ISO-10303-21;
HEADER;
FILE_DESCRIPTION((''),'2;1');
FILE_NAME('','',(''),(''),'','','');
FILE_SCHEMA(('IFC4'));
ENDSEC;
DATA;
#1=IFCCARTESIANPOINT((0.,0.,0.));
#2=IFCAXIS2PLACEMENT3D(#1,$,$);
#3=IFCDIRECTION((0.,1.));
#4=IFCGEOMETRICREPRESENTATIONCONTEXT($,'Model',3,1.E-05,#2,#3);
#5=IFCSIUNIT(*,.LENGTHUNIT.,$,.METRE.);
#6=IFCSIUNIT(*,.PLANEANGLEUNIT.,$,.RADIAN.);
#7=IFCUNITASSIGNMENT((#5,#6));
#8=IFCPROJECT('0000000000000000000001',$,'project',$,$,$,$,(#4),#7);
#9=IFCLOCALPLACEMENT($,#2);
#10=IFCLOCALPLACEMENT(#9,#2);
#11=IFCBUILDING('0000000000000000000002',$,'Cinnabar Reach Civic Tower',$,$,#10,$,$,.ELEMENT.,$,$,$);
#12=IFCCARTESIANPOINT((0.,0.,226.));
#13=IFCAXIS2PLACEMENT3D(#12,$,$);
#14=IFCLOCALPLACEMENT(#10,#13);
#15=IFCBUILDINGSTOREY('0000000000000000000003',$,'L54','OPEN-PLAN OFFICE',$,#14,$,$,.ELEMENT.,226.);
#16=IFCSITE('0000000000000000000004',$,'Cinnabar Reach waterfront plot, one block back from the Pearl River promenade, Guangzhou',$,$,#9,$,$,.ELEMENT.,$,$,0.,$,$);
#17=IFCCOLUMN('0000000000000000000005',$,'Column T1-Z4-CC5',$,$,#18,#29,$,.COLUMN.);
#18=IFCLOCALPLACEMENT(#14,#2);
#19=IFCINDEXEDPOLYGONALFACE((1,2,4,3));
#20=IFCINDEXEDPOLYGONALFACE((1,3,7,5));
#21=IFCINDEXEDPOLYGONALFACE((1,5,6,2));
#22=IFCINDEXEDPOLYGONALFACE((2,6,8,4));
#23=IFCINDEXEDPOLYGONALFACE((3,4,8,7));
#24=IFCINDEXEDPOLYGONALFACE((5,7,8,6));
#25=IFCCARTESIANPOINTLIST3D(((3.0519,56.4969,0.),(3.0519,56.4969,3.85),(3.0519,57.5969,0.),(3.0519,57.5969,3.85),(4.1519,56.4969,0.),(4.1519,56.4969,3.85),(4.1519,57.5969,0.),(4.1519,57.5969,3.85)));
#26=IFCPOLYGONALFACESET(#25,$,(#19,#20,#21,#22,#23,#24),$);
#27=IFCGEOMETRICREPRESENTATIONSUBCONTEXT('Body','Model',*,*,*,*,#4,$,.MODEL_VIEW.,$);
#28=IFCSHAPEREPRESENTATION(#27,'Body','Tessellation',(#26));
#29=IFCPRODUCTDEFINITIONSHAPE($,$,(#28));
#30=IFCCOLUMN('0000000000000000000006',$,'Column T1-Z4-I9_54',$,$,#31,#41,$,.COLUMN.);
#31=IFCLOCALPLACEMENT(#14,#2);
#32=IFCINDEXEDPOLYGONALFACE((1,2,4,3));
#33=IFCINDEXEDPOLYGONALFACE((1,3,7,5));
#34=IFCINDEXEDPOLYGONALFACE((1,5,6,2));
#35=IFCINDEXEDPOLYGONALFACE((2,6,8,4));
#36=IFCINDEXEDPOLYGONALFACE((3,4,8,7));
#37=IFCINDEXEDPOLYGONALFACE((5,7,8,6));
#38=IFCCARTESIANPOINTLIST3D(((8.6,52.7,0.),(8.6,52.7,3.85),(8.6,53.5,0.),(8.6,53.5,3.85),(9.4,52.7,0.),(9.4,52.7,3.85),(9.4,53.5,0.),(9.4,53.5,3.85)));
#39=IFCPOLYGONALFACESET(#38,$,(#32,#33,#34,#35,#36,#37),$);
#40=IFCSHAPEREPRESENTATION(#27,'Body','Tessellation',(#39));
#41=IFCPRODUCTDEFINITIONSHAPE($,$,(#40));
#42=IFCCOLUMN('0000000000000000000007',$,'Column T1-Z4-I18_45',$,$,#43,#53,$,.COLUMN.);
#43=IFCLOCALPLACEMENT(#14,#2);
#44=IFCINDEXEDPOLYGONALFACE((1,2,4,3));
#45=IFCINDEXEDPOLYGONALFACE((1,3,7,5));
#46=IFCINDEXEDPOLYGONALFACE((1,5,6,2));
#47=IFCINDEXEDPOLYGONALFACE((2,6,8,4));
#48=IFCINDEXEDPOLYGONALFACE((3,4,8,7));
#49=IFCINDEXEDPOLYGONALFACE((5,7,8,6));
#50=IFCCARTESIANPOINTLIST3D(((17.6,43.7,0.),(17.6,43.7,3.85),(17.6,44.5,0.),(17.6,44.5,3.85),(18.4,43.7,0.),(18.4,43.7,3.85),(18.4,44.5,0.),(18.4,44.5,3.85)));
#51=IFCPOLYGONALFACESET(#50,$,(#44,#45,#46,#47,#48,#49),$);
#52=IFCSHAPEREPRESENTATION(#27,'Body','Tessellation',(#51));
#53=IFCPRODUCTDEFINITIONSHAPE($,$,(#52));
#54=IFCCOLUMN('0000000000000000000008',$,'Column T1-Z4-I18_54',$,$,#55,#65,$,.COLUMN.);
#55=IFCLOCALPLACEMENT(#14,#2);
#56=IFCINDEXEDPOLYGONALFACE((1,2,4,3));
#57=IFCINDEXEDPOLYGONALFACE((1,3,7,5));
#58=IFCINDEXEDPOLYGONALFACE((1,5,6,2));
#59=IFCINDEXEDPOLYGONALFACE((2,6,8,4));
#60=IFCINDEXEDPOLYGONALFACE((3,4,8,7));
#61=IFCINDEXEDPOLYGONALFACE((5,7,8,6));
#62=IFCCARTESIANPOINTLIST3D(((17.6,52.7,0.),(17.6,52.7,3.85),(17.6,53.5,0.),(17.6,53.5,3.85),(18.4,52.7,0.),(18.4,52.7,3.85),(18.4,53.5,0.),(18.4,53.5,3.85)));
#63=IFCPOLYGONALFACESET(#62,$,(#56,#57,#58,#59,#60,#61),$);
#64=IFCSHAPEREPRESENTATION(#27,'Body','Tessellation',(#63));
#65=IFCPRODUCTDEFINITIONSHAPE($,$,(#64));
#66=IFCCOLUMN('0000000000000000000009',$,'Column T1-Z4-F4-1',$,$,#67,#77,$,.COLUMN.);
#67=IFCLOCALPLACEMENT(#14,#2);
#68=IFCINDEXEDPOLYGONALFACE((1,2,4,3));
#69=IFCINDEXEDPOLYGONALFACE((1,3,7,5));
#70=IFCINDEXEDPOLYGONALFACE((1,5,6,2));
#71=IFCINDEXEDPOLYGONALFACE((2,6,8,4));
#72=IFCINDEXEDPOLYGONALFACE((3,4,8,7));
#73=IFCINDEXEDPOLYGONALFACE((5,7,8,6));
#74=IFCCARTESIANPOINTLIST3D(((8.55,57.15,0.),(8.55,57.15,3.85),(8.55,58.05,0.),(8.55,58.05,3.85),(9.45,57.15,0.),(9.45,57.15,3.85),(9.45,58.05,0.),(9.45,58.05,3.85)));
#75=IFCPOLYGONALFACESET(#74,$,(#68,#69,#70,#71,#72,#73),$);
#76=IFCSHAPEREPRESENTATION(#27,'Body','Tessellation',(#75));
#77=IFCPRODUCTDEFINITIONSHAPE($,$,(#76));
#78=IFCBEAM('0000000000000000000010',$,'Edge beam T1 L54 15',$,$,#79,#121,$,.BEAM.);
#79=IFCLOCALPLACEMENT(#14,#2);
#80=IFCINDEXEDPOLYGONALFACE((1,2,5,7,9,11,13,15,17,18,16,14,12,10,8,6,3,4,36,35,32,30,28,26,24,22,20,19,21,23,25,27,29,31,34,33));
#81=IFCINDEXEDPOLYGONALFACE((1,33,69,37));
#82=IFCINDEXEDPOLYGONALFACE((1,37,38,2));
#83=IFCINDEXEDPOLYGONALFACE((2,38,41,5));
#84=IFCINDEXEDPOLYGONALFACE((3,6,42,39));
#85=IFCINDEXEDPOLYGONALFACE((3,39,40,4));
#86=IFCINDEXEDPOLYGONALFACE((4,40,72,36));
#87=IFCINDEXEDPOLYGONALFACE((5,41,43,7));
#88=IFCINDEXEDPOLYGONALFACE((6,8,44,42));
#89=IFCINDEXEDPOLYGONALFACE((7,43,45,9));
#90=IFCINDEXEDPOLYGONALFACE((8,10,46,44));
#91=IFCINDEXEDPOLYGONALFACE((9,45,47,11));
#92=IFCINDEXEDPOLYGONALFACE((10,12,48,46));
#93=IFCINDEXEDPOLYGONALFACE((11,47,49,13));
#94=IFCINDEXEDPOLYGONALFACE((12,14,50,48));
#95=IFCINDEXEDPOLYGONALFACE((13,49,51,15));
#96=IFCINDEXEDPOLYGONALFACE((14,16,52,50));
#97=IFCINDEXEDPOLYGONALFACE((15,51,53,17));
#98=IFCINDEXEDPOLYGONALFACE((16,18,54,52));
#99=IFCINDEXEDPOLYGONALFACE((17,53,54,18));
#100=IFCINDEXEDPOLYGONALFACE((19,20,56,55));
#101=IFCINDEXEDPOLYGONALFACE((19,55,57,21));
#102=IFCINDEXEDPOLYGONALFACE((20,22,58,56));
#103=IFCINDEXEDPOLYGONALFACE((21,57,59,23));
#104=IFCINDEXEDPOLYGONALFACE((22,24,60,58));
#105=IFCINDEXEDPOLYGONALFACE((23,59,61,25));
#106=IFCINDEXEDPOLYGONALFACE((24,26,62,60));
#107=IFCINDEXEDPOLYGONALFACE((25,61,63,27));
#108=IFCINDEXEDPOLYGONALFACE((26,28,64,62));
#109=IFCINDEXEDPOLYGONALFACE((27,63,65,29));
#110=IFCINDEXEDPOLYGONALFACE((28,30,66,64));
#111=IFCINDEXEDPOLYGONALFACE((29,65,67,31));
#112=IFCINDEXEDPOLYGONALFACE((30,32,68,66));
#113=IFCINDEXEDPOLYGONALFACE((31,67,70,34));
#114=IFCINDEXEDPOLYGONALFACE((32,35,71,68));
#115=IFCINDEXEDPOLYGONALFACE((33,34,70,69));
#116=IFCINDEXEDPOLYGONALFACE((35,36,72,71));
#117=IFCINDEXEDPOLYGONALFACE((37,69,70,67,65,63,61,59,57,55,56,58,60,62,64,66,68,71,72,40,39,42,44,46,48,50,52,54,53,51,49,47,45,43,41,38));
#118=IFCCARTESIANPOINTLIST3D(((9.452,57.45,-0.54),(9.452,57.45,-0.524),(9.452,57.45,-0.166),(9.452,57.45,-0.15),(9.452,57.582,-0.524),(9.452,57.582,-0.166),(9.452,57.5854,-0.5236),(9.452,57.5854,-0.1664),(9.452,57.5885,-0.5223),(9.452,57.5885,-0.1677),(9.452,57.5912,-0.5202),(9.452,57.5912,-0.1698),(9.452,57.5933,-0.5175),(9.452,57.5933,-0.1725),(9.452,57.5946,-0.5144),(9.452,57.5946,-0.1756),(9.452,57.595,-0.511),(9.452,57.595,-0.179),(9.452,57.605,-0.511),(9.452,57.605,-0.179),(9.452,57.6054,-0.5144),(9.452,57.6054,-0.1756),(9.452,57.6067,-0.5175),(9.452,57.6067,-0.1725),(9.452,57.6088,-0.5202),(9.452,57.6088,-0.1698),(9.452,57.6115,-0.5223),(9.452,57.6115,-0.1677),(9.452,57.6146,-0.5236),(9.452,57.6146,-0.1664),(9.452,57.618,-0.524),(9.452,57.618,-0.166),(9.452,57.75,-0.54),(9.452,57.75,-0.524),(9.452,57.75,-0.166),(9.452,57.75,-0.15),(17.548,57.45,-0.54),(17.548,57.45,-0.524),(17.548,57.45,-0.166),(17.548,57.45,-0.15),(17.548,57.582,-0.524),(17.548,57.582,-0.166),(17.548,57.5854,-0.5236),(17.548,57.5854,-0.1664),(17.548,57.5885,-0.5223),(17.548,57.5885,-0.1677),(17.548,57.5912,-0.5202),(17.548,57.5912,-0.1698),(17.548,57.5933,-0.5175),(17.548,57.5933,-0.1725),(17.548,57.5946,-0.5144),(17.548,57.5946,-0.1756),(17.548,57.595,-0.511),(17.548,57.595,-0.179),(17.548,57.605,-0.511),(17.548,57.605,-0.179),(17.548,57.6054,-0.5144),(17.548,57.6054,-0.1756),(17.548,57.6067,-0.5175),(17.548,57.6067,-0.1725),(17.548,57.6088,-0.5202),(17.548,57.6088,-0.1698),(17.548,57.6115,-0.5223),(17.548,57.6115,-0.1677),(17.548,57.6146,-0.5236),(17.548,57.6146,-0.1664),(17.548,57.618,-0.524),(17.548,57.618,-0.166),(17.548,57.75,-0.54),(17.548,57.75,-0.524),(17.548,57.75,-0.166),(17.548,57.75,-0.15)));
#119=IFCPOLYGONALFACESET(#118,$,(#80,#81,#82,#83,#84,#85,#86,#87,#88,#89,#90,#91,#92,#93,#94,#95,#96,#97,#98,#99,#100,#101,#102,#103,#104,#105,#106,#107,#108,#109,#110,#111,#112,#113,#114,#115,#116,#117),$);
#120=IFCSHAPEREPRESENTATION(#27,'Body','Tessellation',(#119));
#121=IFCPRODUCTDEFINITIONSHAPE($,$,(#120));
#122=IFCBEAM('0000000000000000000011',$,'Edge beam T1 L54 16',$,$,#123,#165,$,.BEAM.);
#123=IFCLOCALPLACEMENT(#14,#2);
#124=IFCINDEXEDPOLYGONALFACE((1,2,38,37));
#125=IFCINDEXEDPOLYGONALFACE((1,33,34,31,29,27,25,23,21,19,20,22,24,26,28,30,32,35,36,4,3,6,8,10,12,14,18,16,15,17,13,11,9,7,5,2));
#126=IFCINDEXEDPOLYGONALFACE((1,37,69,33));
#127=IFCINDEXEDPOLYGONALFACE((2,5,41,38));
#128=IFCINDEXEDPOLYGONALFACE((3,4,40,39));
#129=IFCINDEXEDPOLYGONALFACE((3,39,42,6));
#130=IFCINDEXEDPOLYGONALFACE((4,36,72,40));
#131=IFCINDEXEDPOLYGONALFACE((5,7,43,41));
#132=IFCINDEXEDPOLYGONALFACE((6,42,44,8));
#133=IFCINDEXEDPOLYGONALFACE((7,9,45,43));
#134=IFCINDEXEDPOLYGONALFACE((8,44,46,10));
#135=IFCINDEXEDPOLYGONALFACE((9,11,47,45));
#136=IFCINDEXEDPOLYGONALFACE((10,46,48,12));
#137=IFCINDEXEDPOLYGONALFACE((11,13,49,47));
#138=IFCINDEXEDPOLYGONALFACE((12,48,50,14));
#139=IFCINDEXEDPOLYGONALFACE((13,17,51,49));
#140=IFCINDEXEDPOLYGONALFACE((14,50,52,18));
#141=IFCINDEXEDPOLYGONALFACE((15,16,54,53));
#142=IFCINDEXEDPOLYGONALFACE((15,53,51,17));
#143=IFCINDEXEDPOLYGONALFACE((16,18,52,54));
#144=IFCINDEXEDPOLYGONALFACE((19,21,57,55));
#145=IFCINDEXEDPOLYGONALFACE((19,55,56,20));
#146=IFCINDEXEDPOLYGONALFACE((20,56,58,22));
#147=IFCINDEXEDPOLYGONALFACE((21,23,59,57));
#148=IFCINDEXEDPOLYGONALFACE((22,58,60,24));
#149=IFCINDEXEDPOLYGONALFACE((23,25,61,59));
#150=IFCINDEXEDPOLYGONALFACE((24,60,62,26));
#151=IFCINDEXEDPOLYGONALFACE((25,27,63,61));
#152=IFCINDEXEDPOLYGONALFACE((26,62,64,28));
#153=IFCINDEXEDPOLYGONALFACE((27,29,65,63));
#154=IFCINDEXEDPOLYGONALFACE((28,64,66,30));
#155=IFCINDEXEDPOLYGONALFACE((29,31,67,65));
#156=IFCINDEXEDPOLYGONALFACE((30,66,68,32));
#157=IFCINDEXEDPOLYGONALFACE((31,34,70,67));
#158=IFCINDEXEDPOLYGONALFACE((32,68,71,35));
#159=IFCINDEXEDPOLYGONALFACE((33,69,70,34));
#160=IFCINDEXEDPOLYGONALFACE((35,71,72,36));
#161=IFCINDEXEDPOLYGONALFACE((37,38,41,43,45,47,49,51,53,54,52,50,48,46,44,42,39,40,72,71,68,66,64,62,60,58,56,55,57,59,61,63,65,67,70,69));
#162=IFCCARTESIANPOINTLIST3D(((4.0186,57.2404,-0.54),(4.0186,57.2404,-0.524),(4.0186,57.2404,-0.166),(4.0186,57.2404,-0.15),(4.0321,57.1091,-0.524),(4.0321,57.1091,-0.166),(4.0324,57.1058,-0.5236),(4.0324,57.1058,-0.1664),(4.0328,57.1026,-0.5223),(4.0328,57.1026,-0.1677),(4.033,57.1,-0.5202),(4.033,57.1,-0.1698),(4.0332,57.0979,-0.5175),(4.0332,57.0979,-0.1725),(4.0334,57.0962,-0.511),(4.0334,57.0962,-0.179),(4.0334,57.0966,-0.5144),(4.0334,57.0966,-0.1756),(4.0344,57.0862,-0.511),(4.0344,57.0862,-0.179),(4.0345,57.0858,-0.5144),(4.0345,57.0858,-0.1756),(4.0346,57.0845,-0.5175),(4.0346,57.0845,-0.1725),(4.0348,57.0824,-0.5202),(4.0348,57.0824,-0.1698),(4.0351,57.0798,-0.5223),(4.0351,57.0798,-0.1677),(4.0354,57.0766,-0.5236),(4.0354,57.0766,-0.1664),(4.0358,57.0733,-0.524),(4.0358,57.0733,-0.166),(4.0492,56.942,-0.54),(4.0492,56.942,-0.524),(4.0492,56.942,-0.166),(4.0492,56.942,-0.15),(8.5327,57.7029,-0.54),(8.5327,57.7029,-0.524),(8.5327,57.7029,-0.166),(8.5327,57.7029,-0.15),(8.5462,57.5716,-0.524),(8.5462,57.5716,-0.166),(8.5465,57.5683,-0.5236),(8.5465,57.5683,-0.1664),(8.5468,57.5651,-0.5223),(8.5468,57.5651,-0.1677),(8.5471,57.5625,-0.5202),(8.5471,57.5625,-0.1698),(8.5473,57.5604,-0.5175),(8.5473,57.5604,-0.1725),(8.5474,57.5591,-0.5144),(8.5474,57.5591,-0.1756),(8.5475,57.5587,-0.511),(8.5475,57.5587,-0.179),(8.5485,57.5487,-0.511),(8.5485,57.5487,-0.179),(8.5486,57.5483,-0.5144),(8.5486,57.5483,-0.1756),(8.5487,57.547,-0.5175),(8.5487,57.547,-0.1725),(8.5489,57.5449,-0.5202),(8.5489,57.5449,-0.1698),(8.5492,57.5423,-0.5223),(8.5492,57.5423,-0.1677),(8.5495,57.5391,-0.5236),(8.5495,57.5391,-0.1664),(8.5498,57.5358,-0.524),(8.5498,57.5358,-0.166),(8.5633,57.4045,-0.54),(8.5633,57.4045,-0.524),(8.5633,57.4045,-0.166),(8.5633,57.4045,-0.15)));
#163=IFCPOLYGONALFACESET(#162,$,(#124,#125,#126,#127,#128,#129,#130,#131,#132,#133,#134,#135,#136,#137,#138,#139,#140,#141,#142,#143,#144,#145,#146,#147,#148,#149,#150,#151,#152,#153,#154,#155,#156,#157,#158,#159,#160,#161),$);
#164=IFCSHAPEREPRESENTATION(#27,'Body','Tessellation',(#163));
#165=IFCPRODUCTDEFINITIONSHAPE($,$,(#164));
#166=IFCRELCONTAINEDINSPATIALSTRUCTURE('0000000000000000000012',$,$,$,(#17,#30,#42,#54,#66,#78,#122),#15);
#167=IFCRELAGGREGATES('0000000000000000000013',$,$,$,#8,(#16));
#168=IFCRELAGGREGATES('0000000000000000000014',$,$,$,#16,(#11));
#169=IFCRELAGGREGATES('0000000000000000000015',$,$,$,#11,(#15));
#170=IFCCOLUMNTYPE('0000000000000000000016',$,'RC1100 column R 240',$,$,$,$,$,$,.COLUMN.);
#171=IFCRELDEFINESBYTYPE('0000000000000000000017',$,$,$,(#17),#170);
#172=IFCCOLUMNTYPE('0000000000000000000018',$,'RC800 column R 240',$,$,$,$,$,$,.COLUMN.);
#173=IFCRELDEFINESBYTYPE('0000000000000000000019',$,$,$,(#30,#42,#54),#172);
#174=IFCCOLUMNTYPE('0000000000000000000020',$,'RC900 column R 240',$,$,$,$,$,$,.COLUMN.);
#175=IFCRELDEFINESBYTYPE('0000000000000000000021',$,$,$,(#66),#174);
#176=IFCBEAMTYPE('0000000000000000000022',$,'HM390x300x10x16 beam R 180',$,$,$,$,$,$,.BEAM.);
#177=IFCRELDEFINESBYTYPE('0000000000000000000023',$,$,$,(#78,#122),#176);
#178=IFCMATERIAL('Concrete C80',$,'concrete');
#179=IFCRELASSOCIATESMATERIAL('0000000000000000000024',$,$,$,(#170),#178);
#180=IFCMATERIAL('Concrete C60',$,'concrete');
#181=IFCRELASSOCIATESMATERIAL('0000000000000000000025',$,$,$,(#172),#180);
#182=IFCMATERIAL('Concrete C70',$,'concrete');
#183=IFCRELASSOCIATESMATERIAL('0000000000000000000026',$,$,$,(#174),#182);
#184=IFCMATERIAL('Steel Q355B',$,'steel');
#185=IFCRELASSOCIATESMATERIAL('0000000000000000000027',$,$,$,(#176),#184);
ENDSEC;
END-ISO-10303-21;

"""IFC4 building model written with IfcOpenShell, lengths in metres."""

from ifc_helpers import new_model, si_unit, direction, frame, origin, origin_2d, place, context, subcontext, project, spatial, rectangle, i_section, extrude, material, material_profile, profile_set, type_object, element, save


model = new_model("IFC4")

# Units and contexts
model_context = context("Model", 3, precision=1e-05, world=origin(), true_north=direction((0.0, 1.0)))
body_context = subcontext(model_context, "Body", "Model", "MODEL_VIEW")
ifc_project = project(units=[si_unit("LENGTHUNIT", "METRE"), si_unit("PLANEANGLEUNIT", "RADIAN")], contexts=[model_context])

# Site, building, storey
site_placement = place(None, origin())
site = spatial("IfcSite", under=ifc_project, at=site_placement, Name="Cinnabar Reach waterfront plot, one block back from the Pearl River promenade, Guangzhou", CompositionType="ELEMENT", RefElevation=0.0)
building_placement = place(site_placement, origin())
building = spatial("IfcBuilding", under=site, at=building_placement, Name="Cinnabar Reach Civic Tower", CompositionType="ELEMENT")
storey_placement = place(building_placement, frame((0.0, 0.0, 226.0)))
storey = spatial("IfcBuildingStorey", under=building, at=storey_placement, Name="L54", Description="OPEN-PLAN OFFICE", CompositionType="ELEMENT", Elevation=226.0)

# Columns
ifc_material_1 = material(Name="Concrete C80", Category="concrete")
ifc_material_profile_1 = material_profile(ifc_material_1, rectangle(XDim=1.1, YDim=1.1, at=origin_2d()), Name="RC1100")
ifc_profile_set_1 = profile_set([ifc_material_profile_1], Name="Concrete C80")
column_type_1 = type_object("IfcColumnType", Name="RC1100 column R 240", PredefinedType="COLUMN", material=ifc_profile_set_1)
column_1_placement = place(storey_placement, frame((3.6019, 57.0469, 0.0), z_axis=(0.0, 0.0, 1.0), x_axis=(1.0, 0.0, 0.0)))
element("IfcColumn", 1, at=column_1_placement, inside=storey, type_object=column_type_1, Name="Column T1-Z4-CC5", PredefinedType="COLUMN", context=body_context, shape_type="SweptSolid", body=[
    extrude(rectangle(XDim=1.1, YDim=1.1, at=origin_2d()), origin(), (0.0, 0.0, 1.0), 3.85),
])
ifc_material_2 = material(Name="Concrete C60", Category="concrete")
ifc_material_profile_2 = material_profile(ifc_material_2, rectangle(XDim=0.8, YDim=0.8, at=origin_2d()), Name="RC800")
ifc_profile_set_2 = profile_set([ifc_material_profile_2], Name="Concrete C60")
column_type_2 = type_object("IfcColumnType", Name="RC800 column R 240", PredefinedType="COLUMN", material=ifc_profile_set_2)
for number, where, z_axis, x_axis, name in (
    (2, (9.0, 53.1, 0.0), (0.0, 0.0, 1.0), (1.0, 0.0, 0.0), "Column T1-Z4-I9_54"),
    (3, (18.0, 44.1, 0.0), (0.0, 0.0, 1.0), (1.0, 0.0, 0.0), "Column T1-Z4-I18_45"),
    (4, (18.0, 53.1, 0.0), (0.0, 0.0, 1.0), (1.0, 0.0, 0.0), "Column T1-Z4-I18_54"),
):
    element("IfcColumn", number, at=place(storey_placement, frame(where, z_axis=z_axis, x_axis=x_axis)), inside=storey, type_object=column_type_2, Name=name, PredefinedType="COLUMN", context=body_context, shape_type="SweptSolid", body=[
        extrude(rectangle(XDim=0.8, YDim=0.8, at=origin_2d()), origin(), (0.0, 0.0, 1.0), 3.85),
    ])
ifc_material_3 = material(Name="Concrete C70", Category="concrete")
ifc_material_profile_3 = material_profile(ifc_material_3, rectangle(XDim=0.9, YDim=0.9, at=origin_2d()), Name="RC900")
ifc_profile_set_3 = profile_set([ifc_material_profile_3], Name="Concrete C70")
column_type_3 = type_object("IfcColumnType", Name="RC900 column R 240", PredefinedType="COLUMN", material=ifc_profile_set_3)
column_2_placement = place(storey_placement, frame((9.0, 57.6, 0.0), z_axis=(0.0, 0.0, 1.0), x_axis=(1.0, 0.0, 0.0)))
element("IfcColumn", 5, at=column_2_placement, inside=storey, type_object=column_type_3, Name="Column T1-Z4-F4-1", PredefinedType="COLUMN", context=body_context, shape_type="SweptSolid", body=[
    extrude(rectangle(XDim=0.9, YDim=0.9, at=origin_2d()), origin(), (0.0, 0.0, 1.0), 3.85),
])

# Beams
ifc_material_4 = material(Name="Steel Q355B", Category="steel")
ifc_material_profile_4 = material_profile(ifc_material_4, i_section(OverallWidth=0.3, OverallDepth=0.39, WebThickness=0.01, FlangeThickness=0.016, FilletRadius=0.013, at=origin_2d()), Name="HM390x300x10x16")
ifc_profile_set_4 = profile_set([ifc_material_profile_4], Name="Steel Q355B")
beam_type_1 = type_object("IfcBeamType", Name="HM390x300x10x16 beam R 180", PredefinedType="BEAM", material=ifc_profile_set_4)
beam_1_placement = place(storey_placement, frame((17.548, 57.6, -0.345), z_axis=(-1.0, 0.0, 0.0), x_axis=(0.0, -1.0, 0.0)))
element("IfcBeam", 6, at=beam_1_placement, inside=storey, type_object=beam_type_1, Name="Edge beam T1 L54 15", PredefinedType="BEAM", context=body_context, shape_type="SweptSolid", body=[
    extrude(i_section(OverallWidth=0.3, OverallDepth=0.39, WebThickness=0.01, FlangeThickness=0.016, FilletRadius=0.013, at=origin_2d()), origin(), (0.0, 0.0, 1.0), 8.096),
])
beam_2_placement = place(storey_placement, frame((8.548, 57.5537, -0.345), z_axis=(-0.994792, -0.101923, 0.0), x_axis=(0.101923, -0.994792, 0.0)))
element("IfcBeam", 7, at=beam_2_placement, inside=storey, type_object=beam_type_1, Name="Edge beam T1 L54 16", PredefinedType="BEAM", context=body_context, shape_type="SweptSolid", body=[
    extrude(i_section(OverallWidth=0.3, OverallDepth=0.39, WebThickness=0.01, FlangeThickness=0.016, FilletRadius=0.013, at=origin_2d()), origin(), (0.0, 0.0, 1.0), 4.5377),
])

save(model, "model.ifc")
